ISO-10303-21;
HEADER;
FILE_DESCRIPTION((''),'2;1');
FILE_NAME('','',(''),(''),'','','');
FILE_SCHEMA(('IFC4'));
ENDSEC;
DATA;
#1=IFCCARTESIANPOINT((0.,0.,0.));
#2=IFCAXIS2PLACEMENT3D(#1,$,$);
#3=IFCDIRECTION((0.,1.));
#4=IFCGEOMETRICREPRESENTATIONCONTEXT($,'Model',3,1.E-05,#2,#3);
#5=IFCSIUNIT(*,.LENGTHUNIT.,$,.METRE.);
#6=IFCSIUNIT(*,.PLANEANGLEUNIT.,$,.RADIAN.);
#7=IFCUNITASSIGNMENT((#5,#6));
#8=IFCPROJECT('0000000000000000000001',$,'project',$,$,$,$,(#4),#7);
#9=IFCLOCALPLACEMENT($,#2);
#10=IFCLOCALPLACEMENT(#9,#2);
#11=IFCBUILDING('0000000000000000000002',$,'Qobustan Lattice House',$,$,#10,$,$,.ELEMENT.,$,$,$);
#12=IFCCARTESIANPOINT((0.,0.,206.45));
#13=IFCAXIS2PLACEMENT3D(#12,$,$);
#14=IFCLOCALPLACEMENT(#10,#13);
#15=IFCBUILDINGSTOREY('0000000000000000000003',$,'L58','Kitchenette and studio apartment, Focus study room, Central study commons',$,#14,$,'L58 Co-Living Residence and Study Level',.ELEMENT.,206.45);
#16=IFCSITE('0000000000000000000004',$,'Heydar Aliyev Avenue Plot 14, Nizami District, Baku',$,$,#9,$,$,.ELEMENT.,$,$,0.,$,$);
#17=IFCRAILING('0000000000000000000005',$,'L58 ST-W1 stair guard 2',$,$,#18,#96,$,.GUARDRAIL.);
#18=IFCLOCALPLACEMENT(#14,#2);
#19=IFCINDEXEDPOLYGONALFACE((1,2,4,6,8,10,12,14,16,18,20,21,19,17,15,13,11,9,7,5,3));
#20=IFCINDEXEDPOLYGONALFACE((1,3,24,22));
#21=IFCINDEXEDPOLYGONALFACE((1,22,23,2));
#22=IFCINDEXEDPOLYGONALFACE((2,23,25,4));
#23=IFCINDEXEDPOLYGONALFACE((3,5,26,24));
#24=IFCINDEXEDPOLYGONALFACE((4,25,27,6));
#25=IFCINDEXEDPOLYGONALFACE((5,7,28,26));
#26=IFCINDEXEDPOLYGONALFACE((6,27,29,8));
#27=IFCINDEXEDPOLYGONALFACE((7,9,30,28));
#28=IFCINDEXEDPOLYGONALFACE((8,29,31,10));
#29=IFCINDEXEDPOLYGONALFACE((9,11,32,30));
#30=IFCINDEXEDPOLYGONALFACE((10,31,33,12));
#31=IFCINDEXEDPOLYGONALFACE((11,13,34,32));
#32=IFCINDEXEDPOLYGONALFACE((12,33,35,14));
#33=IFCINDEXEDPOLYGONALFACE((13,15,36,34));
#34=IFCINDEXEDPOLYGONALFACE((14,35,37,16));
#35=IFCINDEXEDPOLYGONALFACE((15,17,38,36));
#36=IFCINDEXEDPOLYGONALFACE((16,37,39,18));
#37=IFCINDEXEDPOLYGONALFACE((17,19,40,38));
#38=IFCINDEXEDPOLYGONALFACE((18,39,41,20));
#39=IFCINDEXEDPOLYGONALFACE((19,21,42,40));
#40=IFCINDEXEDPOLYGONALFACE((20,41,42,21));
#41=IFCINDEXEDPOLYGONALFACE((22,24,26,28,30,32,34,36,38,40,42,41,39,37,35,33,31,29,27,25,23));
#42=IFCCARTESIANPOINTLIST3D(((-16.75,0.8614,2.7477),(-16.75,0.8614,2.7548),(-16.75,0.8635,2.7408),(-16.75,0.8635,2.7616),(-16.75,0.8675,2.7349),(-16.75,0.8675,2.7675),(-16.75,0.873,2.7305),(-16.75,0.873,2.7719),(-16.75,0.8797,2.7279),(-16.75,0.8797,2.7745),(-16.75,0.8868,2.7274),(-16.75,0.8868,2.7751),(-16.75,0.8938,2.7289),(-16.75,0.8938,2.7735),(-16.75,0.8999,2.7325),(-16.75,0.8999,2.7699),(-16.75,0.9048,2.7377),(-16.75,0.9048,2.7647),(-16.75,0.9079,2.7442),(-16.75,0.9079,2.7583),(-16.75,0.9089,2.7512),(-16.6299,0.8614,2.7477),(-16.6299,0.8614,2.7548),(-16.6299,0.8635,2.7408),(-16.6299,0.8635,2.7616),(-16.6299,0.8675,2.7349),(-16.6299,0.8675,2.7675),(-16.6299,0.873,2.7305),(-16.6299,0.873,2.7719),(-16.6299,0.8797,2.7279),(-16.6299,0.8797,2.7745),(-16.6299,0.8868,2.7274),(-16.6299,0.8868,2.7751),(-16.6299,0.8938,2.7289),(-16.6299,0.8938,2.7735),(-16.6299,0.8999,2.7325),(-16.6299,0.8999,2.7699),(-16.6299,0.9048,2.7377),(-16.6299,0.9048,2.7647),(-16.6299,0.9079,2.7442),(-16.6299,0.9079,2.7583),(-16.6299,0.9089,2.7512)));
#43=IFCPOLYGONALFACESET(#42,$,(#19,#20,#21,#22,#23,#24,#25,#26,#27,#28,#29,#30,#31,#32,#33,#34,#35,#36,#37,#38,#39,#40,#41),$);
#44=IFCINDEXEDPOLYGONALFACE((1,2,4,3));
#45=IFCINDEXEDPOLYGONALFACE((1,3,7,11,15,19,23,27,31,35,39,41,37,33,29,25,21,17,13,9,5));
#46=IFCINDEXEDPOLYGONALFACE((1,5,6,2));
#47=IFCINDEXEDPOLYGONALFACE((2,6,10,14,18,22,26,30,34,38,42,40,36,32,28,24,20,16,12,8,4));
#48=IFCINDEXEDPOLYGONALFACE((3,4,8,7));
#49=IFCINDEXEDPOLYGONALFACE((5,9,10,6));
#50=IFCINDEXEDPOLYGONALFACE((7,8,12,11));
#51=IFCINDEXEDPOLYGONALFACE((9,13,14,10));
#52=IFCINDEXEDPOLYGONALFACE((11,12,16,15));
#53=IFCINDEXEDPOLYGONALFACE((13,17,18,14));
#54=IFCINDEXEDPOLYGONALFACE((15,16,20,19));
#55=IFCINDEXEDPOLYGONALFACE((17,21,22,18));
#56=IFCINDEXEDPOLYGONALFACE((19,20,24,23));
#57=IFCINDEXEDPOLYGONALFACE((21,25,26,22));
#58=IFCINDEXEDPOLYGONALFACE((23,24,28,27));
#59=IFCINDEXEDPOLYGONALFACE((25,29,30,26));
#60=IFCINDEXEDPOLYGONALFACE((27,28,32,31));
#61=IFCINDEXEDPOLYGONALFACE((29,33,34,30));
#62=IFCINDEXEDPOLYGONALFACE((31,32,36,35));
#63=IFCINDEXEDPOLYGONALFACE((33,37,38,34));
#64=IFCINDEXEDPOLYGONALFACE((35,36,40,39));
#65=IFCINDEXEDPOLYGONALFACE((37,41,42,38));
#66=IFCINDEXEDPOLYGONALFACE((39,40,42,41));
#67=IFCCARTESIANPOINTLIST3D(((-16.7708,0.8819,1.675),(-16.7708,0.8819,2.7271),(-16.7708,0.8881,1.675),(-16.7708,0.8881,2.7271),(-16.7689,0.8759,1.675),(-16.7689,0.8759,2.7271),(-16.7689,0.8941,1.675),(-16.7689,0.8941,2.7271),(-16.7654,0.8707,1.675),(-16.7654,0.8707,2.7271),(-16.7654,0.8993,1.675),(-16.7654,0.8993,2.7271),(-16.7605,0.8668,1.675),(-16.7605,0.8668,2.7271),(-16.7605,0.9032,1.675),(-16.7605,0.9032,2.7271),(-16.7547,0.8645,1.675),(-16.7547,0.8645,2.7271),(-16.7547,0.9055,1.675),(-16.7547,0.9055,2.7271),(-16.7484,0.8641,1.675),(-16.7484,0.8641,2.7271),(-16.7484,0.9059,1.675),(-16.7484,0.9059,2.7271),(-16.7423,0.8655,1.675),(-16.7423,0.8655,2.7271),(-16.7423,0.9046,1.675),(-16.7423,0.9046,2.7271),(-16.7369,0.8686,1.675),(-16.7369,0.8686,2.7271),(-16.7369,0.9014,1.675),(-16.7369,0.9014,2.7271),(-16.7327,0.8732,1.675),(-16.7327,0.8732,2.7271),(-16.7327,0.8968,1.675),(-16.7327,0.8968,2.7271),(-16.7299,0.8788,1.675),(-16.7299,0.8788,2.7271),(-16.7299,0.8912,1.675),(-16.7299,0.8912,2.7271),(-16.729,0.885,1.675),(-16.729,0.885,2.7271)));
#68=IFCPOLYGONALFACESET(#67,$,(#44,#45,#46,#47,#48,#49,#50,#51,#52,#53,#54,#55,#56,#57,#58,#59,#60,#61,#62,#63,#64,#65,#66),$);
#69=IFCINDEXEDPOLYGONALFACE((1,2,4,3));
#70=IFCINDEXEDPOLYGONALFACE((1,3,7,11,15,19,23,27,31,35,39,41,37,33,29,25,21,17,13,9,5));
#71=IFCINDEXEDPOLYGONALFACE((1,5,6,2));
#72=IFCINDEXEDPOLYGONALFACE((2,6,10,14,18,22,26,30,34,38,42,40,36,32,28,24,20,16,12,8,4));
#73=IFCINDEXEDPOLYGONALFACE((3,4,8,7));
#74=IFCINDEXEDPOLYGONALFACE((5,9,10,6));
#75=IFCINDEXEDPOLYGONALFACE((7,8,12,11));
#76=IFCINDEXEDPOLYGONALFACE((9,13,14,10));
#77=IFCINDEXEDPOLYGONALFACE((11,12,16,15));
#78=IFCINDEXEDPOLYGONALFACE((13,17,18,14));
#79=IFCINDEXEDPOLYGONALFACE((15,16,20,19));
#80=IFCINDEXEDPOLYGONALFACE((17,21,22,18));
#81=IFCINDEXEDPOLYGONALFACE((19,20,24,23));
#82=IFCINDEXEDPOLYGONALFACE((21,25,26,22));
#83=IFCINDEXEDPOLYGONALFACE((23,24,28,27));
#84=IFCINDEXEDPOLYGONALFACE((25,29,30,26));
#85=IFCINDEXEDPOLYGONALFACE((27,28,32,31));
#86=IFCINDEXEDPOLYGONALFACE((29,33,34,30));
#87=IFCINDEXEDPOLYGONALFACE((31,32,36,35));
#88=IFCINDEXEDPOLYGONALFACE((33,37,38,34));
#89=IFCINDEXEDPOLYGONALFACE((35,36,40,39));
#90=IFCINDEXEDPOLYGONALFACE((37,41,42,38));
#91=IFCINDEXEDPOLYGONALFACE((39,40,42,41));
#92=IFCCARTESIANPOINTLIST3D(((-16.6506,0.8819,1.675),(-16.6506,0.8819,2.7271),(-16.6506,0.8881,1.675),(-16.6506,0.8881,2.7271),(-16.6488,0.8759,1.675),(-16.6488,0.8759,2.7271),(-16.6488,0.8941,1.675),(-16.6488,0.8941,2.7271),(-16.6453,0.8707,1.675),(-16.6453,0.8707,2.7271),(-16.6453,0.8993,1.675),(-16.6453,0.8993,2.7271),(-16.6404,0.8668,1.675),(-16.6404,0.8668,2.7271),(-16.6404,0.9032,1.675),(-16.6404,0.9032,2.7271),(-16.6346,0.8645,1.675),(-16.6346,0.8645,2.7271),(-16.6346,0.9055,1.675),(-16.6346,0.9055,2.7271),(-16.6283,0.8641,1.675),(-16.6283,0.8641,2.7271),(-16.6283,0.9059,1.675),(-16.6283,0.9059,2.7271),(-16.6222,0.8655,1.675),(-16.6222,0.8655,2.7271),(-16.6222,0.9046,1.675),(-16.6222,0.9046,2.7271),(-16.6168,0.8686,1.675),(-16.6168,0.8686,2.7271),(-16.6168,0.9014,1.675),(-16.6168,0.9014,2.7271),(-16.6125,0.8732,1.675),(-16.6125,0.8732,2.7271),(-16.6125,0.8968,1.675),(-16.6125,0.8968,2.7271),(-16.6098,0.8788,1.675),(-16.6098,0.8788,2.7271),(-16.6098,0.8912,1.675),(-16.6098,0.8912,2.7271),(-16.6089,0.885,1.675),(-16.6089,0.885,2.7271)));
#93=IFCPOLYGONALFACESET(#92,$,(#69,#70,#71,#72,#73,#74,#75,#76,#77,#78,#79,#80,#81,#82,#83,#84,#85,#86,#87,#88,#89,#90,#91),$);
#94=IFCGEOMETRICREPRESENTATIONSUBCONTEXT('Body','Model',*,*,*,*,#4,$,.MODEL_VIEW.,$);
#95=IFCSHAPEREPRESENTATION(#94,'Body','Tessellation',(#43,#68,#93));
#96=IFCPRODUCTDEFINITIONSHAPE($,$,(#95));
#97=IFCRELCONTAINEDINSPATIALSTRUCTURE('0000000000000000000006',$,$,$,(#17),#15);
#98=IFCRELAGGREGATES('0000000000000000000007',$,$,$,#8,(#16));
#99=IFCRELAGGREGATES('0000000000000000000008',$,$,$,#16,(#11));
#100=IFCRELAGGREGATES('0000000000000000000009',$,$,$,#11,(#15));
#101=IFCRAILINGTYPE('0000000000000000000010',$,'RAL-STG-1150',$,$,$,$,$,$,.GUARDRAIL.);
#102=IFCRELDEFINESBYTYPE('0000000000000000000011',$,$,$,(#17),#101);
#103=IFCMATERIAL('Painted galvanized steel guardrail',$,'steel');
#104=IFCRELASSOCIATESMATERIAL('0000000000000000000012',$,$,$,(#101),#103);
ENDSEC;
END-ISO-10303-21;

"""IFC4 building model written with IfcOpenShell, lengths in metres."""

from ifc_helpers import new_model, si_unit, direction, frame, origin, origin_2d, place, context, subcontext, project, spatial, circle, extrude, material, type_object, element, save


model = new_model("IFC4")

# Units and contexts
model_context = context("Model", 3, precision=1e-05, world=origin(), true_north=direction((0.0, 1.0)))
body_context = subcontext(model_context, "Body", "Model", "MODEL_VIEW")
ifc_project = project(units=[si_unit("LENGTHUNIT", "METRE"), si_unit("PLANEANGLEUNIT", "RADIAN")], contexts=[model_context])

# Site, building, storey
site_placement = place(None, origin())
site = spatial("IfcSite", under=ifc_project, at=site_placement, Name="Heydar Aliyev Avenue Plot 14, Nizami District, Baku", CompositionType="ELEMENT", RefElevation=0.0)
building_placement = place(site_placement, origin())
building = spatial("IfcBuilding", under=site, at=building_placement, Name="Qobustan Lattice House", CompositionType="ELEMENT")
storey_placement = place(building_placement, frame((0.0, 0.0, 206.45)))
storey = spatial("IfcBuildingStorey", under=building, at=storey_placement, Name="L58", Description="Kitchenette and studio apartment, Focus study room, Central study commons", LongName="L58 Co-Living Residence and Study Level", CompositionType="ELEMENT", Elevation=206.45)

# Railing
ifc_material_1 = material(Name="Painted galvanized steel guardrail", Category="steel")
railing_type_1 = type_object("IfcRailingType", Name="RAL-STG-1150", PredefinedType="GUARDRAIL", material=ifc_material_1)
railing_1_placement = place(storey_placement, frame((-16.75, 0.885, 1.675)))
element("IfcRailing", 1, at=railing_1_placement, inside=storey, type_object=railing_type_1, Name="L58 ST-W1 stair guard 2", PredefinedType="GUARDRAIL", context=body_context, shape_type="SweptSolid", body=[
    extrude(circle(Radius=0.0239, at=origin_2d()), frame((0.0, 0.0, 1.0762), z_axis=(1.0, 0.0, 0.0), x_axis=(0.0, 1.0, 0.0)), (0.0, 0.0, 1.0), 0.1201),
    extrude(circle(Radius=0.021, at=origin_2d()), origin(), (0.0, 0.0, 1.0), 1.052),
    extrude(circle(Radius=0.021, at=origin_2d()), frame((0.1201, 0.0, 0.0)), (0.0, 0.0, 1.0), 1.052),
])

save(model, "model.ifc")
